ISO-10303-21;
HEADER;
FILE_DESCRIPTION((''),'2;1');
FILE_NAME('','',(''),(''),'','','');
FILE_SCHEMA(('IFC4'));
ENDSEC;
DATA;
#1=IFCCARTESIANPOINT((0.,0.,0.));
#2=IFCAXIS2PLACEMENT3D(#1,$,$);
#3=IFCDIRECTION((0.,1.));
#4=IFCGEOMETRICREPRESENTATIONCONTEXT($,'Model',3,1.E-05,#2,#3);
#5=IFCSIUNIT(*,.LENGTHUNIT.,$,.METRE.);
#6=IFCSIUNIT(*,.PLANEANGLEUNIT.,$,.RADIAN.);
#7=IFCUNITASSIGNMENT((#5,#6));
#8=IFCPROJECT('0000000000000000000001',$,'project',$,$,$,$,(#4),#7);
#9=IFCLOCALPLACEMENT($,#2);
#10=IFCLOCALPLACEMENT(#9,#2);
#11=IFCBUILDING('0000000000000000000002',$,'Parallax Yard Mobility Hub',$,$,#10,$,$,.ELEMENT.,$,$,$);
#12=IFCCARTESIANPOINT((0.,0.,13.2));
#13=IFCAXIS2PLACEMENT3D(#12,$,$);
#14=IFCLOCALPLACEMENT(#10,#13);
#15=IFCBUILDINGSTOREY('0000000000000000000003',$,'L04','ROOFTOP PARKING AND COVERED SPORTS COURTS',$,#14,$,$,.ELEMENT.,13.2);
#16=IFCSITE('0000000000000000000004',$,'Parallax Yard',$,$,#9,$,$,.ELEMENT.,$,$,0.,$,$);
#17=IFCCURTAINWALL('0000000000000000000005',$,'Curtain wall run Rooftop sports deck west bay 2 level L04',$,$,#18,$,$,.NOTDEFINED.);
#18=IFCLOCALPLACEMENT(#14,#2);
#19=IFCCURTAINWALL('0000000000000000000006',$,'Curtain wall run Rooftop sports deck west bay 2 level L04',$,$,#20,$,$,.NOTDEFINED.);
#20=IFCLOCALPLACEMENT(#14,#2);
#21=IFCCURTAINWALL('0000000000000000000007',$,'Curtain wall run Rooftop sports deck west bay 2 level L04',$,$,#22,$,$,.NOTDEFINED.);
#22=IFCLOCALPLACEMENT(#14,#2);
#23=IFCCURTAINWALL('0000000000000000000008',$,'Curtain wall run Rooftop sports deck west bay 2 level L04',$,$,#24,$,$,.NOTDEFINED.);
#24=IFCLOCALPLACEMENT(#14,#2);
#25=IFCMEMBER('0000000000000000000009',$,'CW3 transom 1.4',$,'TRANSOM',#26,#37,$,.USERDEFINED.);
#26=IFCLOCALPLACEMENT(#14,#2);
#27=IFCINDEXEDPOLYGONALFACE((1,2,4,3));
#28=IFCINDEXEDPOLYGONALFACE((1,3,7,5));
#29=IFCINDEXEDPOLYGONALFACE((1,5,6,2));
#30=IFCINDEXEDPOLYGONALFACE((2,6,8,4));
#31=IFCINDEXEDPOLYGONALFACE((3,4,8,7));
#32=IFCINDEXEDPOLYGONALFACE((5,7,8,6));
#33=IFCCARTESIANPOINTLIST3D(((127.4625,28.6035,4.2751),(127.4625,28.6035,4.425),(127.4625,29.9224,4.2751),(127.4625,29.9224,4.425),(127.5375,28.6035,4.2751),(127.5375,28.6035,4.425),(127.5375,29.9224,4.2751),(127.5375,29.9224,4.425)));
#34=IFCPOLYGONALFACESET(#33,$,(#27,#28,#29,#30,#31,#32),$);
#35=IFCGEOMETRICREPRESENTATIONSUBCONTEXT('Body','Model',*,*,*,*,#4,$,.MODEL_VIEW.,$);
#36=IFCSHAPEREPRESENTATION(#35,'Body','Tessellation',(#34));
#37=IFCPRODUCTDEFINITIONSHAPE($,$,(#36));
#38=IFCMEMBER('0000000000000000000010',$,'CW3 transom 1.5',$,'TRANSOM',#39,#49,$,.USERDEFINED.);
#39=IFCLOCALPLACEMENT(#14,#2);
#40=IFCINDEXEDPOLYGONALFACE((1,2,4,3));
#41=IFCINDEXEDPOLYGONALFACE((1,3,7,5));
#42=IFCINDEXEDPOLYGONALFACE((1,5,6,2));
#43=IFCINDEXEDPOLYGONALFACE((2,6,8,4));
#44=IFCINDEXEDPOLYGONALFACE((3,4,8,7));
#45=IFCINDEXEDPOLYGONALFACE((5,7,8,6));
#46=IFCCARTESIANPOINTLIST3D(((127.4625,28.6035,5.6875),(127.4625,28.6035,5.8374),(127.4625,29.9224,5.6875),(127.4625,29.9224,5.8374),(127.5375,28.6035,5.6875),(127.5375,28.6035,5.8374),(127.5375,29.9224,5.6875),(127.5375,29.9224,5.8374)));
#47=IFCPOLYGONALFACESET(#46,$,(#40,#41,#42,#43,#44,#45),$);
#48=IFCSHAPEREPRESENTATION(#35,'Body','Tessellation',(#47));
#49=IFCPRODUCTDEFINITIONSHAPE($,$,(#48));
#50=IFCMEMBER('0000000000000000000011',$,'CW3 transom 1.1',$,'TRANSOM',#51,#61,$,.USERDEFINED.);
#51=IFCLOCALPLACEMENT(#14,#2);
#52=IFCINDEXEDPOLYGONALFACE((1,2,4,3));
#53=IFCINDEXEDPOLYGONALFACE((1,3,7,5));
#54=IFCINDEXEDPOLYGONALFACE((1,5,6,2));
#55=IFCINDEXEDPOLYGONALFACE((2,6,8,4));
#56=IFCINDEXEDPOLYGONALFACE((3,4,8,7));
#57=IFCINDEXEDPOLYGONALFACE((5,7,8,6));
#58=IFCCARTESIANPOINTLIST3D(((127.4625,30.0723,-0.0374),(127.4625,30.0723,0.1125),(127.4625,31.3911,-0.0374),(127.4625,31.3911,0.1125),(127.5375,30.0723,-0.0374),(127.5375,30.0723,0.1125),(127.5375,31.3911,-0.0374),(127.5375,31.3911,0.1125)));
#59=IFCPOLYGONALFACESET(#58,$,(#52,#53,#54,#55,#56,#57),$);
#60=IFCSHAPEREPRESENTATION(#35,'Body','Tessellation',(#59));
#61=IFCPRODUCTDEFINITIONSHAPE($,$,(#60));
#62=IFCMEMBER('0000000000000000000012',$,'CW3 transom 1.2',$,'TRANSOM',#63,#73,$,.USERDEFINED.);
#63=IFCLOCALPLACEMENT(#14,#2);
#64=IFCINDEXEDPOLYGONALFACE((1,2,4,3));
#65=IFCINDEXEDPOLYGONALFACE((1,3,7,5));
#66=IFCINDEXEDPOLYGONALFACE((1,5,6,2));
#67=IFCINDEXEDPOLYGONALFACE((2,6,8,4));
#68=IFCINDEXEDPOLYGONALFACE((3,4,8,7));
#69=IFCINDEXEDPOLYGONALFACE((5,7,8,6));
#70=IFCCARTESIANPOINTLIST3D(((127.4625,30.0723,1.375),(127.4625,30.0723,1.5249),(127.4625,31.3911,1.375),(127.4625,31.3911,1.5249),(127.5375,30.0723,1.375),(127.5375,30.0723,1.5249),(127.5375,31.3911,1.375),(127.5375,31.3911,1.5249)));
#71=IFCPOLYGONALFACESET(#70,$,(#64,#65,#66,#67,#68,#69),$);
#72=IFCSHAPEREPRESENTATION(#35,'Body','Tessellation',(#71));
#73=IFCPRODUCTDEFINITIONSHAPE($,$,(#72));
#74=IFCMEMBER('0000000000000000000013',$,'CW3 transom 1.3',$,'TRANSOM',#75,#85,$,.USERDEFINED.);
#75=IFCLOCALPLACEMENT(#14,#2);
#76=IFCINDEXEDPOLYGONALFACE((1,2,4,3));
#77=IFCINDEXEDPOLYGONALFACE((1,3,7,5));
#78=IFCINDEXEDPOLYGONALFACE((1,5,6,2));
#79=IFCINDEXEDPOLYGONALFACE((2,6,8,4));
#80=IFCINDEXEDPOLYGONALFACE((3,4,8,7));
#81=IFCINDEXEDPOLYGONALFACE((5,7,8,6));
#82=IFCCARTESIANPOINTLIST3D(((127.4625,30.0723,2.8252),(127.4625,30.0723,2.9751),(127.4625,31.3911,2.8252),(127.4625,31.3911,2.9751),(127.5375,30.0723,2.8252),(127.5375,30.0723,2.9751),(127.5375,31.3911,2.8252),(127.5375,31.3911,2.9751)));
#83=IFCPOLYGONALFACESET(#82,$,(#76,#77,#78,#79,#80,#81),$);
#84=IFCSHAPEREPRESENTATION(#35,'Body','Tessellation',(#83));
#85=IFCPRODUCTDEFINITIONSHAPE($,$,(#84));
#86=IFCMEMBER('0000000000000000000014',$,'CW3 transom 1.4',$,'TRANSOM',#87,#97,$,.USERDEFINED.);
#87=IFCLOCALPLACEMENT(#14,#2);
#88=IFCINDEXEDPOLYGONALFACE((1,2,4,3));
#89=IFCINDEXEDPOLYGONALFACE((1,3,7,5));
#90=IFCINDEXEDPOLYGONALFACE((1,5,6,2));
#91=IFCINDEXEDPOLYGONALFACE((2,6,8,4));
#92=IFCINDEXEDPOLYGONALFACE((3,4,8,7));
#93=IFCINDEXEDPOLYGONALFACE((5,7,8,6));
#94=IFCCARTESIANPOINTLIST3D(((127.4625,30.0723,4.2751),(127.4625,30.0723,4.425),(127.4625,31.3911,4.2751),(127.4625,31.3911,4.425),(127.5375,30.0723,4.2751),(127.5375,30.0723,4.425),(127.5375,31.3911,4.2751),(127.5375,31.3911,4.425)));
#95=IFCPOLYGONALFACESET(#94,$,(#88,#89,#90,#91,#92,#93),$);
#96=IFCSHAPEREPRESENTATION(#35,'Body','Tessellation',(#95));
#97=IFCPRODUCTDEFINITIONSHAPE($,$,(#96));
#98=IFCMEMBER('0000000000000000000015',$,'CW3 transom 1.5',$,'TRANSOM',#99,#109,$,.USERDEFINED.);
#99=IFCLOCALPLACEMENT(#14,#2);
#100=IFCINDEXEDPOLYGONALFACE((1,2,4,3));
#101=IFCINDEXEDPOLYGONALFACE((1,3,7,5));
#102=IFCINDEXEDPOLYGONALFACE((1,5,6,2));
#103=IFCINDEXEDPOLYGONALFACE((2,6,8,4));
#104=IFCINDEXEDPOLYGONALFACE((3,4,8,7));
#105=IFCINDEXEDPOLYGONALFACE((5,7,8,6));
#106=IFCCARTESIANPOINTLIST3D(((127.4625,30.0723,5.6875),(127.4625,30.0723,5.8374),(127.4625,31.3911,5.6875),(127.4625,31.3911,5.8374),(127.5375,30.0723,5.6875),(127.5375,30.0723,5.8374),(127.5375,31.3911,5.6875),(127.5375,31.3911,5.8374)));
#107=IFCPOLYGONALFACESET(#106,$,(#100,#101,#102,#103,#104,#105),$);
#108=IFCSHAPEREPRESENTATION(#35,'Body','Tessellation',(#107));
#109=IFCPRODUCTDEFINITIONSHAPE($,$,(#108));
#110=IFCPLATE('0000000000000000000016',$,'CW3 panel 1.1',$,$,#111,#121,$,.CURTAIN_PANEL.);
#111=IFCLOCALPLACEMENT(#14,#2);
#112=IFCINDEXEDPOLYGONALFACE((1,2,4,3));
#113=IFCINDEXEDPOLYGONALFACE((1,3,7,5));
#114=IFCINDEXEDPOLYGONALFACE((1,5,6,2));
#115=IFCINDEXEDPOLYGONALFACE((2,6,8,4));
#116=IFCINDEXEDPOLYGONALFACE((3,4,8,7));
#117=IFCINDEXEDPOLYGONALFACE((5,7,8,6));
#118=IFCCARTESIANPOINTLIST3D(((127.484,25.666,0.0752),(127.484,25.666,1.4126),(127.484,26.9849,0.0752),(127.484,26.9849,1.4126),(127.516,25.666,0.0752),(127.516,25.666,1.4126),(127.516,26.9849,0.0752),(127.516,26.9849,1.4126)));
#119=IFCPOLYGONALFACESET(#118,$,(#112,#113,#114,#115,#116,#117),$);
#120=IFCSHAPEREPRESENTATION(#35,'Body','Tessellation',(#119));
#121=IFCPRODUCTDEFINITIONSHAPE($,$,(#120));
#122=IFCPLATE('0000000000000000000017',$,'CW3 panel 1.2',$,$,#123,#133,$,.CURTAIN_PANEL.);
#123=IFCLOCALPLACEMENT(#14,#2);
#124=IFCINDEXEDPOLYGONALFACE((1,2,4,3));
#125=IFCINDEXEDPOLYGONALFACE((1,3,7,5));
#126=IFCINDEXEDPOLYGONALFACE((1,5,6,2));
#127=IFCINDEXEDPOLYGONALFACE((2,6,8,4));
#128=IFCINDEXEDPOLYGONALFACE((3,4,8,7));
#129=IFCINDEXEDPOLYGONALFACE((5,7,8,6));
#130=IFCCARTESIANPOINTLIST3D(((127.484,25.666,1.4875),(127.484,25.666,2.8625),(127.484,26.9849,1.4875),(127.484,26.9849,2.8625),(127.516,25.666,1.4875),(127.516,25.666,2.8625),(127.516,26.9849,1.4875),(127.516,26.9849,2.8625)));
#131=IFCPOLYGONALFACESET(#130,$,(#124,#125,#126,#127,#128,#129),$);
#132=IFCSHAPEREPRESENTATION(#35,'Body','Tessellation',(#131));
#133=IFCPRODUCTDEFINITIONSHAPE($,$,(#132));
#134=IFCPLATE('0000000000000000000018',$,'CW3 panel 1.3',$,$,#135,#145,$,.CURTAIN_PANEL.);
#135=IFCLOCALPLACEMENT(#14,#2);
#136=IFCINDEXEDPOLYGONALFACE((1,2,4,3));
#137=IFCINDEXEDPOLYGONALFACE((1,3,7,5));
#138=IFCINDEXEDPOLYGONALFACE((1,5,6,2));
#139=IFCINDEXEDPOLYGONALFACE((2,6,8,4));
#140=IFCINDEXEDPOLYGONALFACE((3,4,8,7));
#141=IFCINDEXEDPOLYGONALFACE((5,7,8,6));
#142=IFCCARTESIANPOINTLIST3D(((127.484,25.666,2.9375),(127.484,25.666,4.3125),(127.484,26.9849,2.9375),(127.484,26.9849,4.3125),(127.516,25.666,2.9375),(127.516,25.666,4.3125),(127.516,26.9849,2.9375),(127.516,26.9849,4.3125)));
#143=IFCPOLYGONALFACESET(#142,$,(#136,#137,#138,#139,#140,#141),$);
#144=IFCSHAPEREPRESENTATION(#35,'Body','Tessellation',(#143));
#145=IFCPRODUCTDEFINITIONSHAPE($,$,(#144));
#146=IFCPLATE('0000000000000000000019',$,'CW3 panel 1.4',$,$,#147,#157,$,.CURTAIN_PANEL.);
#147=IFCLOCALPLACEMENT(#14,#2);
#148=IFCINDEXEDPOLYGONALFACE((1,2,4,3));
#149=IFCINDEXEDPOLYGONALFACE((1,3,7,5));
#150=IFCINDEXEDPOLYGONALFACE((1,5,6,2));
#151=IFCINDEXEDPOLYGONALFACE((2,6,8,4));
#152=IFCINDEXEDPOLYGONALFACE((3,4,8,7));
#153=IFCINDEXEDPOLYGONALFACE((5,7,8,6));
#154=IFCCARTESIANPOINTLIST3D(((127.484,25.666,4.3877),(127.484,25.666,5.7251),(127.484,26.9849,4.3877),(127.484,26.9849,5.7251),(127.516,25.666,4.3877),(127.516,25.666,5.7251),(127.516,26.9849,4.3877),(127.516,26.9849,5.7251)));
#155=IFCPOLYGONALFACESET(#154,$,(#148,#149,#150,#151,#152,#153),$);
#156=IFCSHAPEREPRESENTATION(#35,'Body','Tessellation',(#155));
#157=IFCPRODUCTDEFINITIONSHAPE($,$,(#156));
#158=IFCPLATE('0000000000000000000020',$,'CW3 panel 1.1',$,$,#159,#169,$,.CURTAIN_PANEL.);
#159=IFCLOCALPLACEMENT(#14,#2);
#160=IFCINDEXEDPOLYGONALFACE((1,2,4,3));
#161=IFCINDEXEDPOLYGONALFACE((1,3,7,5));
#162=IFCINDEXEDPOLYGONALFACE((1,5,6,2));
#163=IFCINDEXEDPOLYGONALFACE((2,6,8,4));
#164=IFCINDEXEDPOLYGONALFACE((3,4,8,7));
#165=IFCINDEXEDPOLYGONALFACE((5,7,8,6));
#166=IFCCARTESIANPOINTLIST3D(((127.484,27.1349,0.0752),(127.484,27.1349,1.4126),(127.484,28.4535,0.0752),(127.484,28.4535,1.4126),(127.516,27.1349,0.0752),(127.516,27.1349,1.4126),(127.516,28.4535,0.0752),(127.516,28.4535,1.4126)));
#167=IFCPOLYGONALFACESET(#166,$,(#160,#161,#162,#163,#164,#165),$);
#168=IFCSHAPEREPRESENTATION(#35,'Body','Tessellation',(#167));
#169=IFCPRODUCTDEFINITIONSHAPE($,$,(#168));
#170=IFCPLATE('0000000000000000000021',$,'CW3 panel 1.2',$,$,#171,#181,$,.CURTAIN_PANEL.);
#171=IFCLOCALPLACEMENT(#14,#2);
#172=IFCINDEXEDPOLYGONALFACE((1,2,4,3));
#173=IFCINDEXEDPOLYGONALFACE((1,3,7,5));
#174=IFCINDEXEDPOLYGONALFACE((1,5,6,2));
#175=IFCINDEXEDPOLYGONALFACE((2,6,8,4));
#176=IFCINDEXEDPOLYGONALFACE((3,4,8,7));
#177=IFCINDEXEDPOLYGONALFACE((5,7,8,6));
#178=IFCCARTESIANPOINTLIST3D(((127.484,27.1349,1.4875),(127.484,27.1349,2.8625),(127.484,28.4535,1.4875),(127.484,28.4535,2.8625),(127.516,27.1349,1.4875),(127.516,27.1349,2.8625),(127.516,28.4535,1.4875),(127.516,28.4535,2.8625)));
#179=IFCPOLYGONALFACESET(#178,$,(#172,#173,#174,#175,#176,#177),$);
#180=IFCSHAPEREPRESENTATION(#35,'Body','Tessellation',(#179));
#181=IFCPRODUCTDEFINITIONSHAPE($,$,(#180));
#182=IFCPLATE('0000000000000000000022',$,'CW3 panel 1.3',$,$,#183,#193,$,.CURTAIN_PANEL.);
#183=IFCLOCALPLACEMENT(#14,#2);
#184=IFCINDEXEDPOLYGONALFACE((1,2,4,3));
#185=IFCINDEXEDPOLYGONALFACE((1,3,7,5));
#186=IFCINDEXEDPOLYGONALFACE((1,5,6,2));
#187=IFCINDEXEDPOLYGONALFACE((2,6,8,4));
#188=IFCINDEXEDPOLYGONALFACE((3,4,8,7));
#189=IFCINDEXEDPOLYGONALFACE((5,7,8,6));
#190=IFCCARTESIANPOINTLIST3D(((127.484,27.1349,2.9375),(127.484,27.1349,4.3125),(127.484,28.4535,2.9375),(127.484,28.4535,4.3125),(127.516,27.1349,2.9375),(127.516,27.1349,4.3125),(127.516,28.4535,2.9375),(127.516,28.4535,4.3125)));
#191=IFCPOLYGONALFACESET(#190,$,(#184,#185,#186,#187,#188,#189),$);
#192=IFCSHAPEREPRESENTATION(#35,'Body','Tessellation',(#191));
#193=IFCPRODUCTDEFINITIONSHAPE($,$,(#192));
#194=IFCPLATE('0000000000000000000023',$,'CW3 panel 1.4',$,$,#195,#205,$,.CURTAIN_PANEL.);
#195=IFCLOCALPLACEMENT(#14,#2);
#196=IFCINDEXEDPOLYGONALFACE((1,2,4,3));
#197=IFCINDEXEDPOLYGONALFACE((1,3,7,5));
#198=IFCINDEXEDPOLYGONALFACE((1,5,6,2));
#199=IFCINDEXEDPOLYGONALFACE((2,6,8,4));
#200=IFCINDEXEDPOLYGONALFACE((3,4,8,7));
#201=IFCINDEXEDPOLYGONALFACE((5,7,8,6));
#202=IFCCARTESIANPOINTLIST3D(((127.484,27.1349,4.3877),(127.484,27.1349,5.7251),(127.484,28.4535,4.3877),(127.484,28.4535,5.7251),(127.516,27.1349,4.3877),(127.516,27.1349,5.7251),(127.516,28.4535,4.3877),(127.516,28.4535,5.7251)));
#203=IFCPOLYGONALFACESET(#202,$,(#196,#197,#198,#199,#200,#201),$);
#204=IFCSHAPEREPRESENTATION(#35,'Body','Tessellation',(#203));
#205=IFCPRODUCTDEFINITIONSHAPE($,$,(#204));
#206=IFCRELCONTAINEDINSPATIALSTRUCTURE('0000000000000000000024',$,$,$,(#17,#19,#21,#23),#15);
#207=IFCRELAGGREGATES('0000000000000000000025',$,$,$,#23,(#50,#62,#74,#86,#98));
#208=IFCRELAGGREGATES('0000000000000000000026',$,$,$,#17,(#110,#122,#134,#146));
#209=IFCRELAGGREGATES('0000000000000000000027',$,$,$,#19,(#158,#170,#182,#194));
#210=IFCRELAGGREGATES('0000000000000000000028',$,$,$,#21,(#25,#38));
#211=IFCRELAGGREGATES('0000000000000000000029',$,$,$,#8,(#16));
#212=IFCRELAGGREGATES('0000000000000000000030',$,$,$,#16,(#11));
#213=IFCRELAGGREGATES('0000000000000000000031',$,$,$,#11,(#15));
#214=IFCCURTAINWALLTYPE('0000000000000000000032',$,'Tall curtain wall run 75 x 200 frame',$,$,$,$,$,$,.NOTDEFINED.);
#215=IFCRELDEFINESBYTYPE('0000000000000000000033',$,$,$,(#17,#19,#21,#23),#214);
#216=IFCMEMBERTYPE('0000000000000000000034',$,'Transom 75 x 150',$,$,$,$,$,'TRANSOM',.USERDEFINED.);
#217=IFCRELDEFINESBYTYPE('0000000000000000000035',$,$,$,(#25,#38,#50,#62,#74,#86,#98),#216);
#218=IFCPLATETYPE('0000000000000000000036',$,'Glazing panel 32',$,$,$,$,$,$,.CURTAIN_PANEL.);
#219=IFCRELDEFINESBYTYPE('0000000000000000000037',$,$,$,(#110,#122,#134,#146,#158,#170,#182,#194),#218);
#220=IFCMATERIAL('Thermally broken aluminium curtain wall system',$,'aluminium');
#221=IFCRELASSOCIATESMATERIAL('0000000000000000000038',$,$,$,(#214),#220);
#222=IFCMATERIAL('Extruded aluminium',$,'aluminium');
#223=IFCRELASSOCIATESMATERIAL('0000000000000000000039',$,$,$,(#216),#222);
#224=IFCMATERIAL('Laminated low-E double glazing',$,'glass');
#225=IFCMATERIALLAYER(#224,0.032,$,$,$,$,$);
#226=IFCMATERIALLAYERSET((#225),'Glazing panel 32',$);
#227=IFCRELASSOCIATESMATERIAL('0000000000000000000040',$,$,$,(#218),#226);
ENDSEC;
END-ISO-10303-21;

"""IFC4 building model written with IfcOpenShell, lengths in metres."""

from ifc_helpers import new_model, si_unit, direction, frame, origin, origin_2d, place, context, subcontext, project, spatial, rectangle, extrude, material, layer, layer_set, material_profile, profile_set, type_object, element, aggregate, save


model = new_model("IFC4")

# Units and contexts
model_context = context("Model", 3, precision=1e-05, world=origin(), true_north=direction((0.0, 1.0)))
body_context = subcontext(model_context, "Body", "Model", "MODEL_VIEW")
ifc_project = project(units=[si_unit("LENGTHUNIT", "METRE"), si_unit("PLANEANGLEUNIT", "RADIAN")], contexts=[model_context])

# Site, building, storey
site_placement = place(None, origin())
site = spatial("IfcSite", under=ifc_project, at=site_placement, Name="Parallax Yard", CompositionType="ELEMENT", RefElevation=0.0)
building_placement = place(site_placement, origin())
building = spatial("IfcBuilding", under=site, at=building_placement, Name="Parallax Yard Mobility Hub", CompositionType="ELEMENT")
storey_placement = place(building_placement, frame((0.0, 0.0, 13.2)))
storey = spatial("IfcBuildingStorey", under=building, at=storey_placement, Name="L04", Description="ROOFTOP PARKING AND COVERED SPORTS COURTS", CompositionType="ELEMENT", Elevation=13.2)

# Curtain wall
ifc_material_1 = material(Name="Thermally broken aluminium curtain wall system", Category="aluminium")
curtain_wall_type = type_object("IfcCurtainWallType", Name="Tall curtain wall run 75 x 200 frame", PredefinedType="NOTDEFINED", material=ifc_material_1)
curtain_wall_1_placement = place(storey_placement, origin())
curtain_wall_1 = element("IfcCurtainWall", 1, at=curtain_wall_1_placement, inside=storey, type_object=curtain_wall_type, Name="Curtain wall run Rooftop sports deck west bay 2 level L04", PredefinedType="NOTDEFINED")
ifc_material_2 = material(Name="Extruded aluminium", Category="aluminium")

# Curtain walls
curtain_wall_2_placement = place(storey_placement, origin())
curtain_wall_2 = element("IfcCurtainWall", 2, at=curtain_wall_2_placement, inside=storey, type_object=curtain_wall_type, Name="Curtain wall run Rooftop sports deck west bay 2 level L04", PredefinedType="NOTDEFINED")
curtain_wall_3_placement = place(storey_placement, origin())
curtain_wall_3 = element("IfcCurtainWall", 3, at=curtain_wall_3_placement, inside=storey, type_object=curtain_wall_type, Name="Curtain wall run Rooftop sports deck west bay 2 level L04", PredefinedType="NOTDEFINED")

# Curtain wall
curtain_wall_4_placement = place(storey_placement, origin())
curtain_wall_4 = element("IfcCurtainWall", 4, at=curtain_wall_4_placement, inside=storey, type_object=curtain_wall_type, Name="Curtain wall run Rooftop sports deck west bay 2 level L04", PredefinedType="NOTDEFINED")

# Members
ifc_material_profile_1 = material_profile(ifc_material_2, rectangle(XDim=0.075, YDim=0.1499, at=origin_2d()), Name="Transom 75 x 150")
ifc_profile_set_1 = profile_set([ifc_material_profile_1], Name="Extruded aluminium")
member_type_1 = type_object("IfcMemberType", Name="Transom 75 x 150", ElementType="TRANSOM", PredefinedType="USERDEFINED", material=ifc_profile_set_1)
member_1_placement = place(storey_placement, frame((127.5, 28.6035, 4.3501), z_axis=(0.0, 1.0, 0.0), x_axis=(-1.0, 0.0, 0.0)))
member_1 = element("IfcMember", 5, at=member_1_placement, type_object=member_type_1, Name="CW3 transom 1.4", ObjectType="TRANSOM", PredefinedType="USERDEFINED", context=body_context, shape_type="SweptSolid", body=[
    extrude(rectangle(XDim=0.075, YDim=0.1499, at=origin_2d()), origin(), (0.0, 0.0, 1.0), 1.3188),
])
member_2_placement = place(storey_placement, frame((127.5, 28.6035, 5.7625), z_axis=(0.0, 1.0, 0.0), x_axis=(-1.0, 0.0, 0.0)))
member_2 = element("IfcMember", 6, at=member_2_placement, type_object=member_type_1, Name="CW3 transom 1.5", ObjectType="TRANSOM", PredefinedType="USERDEFINED", context=body_context, shape_type="SweptSolid", body=[
    extrude(rectangle(XDim=0.075, YDim=0.1499, at=origin_2d()), origin(), (0.0, 0.0, 1.0), 1.3188),
])
member_3_placement = place(storey_placement, frame((127.5, 30.0723, 0.0376), z_axis=(0.0, 1.0, 0.0), x_axis=(-1.0, 0.0, 0.0)))
member_3 = element("IfcMember", 7, at=member_3_placement, type_object=member_type_1, Name="CW3 transom 1.1", ObjectType="TRANSOM", PredefinedType="USERDEFINED", context=body_context, shape_type="SweptSolid", body=[
    extrude(rectangle(XDim=0.075, YDim=0.1499, at=origin_2d()), origin(), (0.0, 0.0, 1.0), 1.3188),
])
member_4_placement = place(storey_placement, frame((127.5, 30.0723, 1.45), z_axis=(0.0, 1.0, 0.0), x_axis=(-1.0, 0.0, 0.0)))
member_4 = element("IfcMember", 8, at=member_4_placement, type_object=member_type_1, Name="CW3 transom 1.2", ObjectType="TRANSOM", PredefinedType="USERDEFINED", context=body_context, shape_type="SweptSolid", body=[
    extrude(rectangle(XDim=0.075, YDim=0.1499, at=origin_2d()), origin(), (0.0, 0.0, 1.0), 1.3188),
])
member_5_placement = place(storey_placement, frame((127.5, 30.0723, 2.9001), z_axis=(0.0, 1.0, 0.0), x_axis=(-1.0, 0.0, 0.0)))
member_5 = element("IfcMember", 9, at=member_5_placement, type_object=member_type_1, Name="CW3 transom 1.3", ObjectType="TRANSOM", PredefinedType="USERDEFINED", context=body_context, shape_type="SweptSolid", body=[
    extrude(rectangle(XDim=0.075, YDim=0.1499, at=origin_2d()), origin(), (0.0, 0.0, 1.0), 1.3188),
])
member_6_placement = place(storey_placement, frame((127.5, 30.0723, 4.3501), z_axis=(0.0, 1.0, 0.0), x_axis=(-1.0, 0.0, 0.0)))
member_6 = element("IfcMember", 10, at=member_6_placement, type_object=member_type_1, Name="CW3 transom 1.4", ObjectType="TRANSOM", PredefinedType="USERDEFINED", context=body_context, shape_type="SweptSolid", body=[
    extrude(rectangle(XDim=0.075, YDim=0.1499, at=origin_2d()), origin(), (0.0, 0.0, 1.0), 1.3188),
])
member_7_placement = place(storey_placement, frame((127.5, 30.0723, 5.7625), z_axis=(0.0, 1.0, 0.0), x_axis=(-1.0, 0.0, 0.0)))
member_7 = element("IfcMember", 11, at=member_7_placement, type_object=member_type_1, Name="CW3 transom 1.5", ObjectType="TRANSOM", PredefinedType="USERDEFINED", context=body_context, shape_type="SweptSolid", body=[
    extrude(rectangle(XDim=0.075, YDim=0.1499, at=origin_2d()), origin(), (0.0, 0.0, 1.0), 1.3188),
])
aggregate(curtain_wall_4, [member_3, member_4, member_5, member_6, member_7])

# Plates
ifc_material_3 = material(Name="Laminated low-E double glazing", Category="glass")
ifc_layer = layer(ifc_material_3, 0.032)
ifc_layer_set = layer_set([ifc_layer], Name="Glazing panel 32")
plate_type = type_object("IfcPlateType", Name="Glazing panel 32", PredefinedType="CURTAIN_PANEL", material=ifc_layer_set)
plate_1_placement = place(storey_placement, frame((127.5, 26.3254, 0.0752), z_axis=(0.0, 0.0, 1.0), x_axis=(0.0, 1.0, 0.0)))
plate_1 = element("IfcPlate", 12, at=plate_1_placement, type_object=plate_type, Name="CW3 panel 1.1", PredefinedType="CURTAIN_PANEL", context=body_context, shape_type="SweptSolid", body=[
    extrude(rectangle(XDim=1.3188, YDim=0.032, at=origin_2d()), origin(), (0.0, 0.0, 1.0), 1.3374),
])
plate_2_placement = place(storey_placement, frame((127.5, 26.3254, 1.4875), z_axis=(0.0, 0.0, 1.0), x_axis=(0.0, 1.0, 0.0)))
plate_2 = element("IfcPlate", 13, at=plate_2_placement, type_object=plate_type, Name="CW3 panel 1.2", PredefinedType="CURTAIN_PANEL", context=body_context, shape_type="SweptSolid", body=[
    extrude(rectangle(XDim=1.3188, YDim=0.032, at=origin_2d()), origin(), (0.0, 0.0, 1.0), 1.375),
])
plate_3_placement = place(storey_placement, frame((127.5, 26.3254, 2.9375), z_axis=(0.0, 0.0, 1.0), x_axis=(0.0, 1.0, 0.0)))
plate_3 = element("IfcPlate", 14, at=plate_3_placement, type_object=plate_type, Name="CW3 panel 1.3", PredefinedType="CURTAIN_PANEL", context=body_context, shape_type="SweptSolid", body=[
    extrude(rectangle(XDim=1.3188, YDim=0.032, at=origin_2d()), origin(), (0.0, 0.0, 1.0), 1.375),
])
plate_4_placement = place(storey_placement, frame((127.5, 26.3254, 4.3877), z_axis=(0.0, 0.0, 1.0), x_axis=(0.0, 1.0, 0.0)))
plate_4 = element("IfcPlate", 15, at=plate_4_placement, type_object=plate_type, Name="CW3 panel 1.4", PredefinedType="CURTAIN_PANEL", context=body_context, shape_type="SweptSolid", body=[
    extrude(rectangle(XDim=1.3188, YDim=0.032, at=origin_2d()), origin(), (0.0, 0.0, 1.0), 1.3374),
])
aggregate(curtain_wall_1, [plate_1, plate_2, plate_3, plate_4])
plate_5_placement = place(storey_placement, frame((127.5, 27.7942, 0.0752), z_axis=(0.0, 0.0, 1.0), x_axis=(0.0, 1.0, 0.0)))
plate_5 = element("IfcPlate", 16, at=plate_5_placement, type_object=plate_type, Name="CW3 panel 1.1", PredefinedType="CURTAIN_PANEL", context=body_context, shape_type="SweptSolid", body=[
    extrude(rectangle(XDim=1.3186, YDim=0.032, at=origin_2d()), origin(), (0.0, 0.0, 1.0), 1.3374),
])
plate_6_placement = place(storey_placement, frame((127.5, 27.7942, 1.4875), z_axis=(0.0, 0.0, 1.0), x_axis=(0.0, 1.0, 0.0)))
plate_6 = element("IfcPlate", 17, at=plate_6_placement, type_object=plate_type, Name="CW3 panel 1.2", PredefinedType="CURTAIN_PANEL", context=body_context, shape_type="SweptSolid", body=[
    extrude(rectangle(XDim=1.3186, YDim=0.032, at=origin_2d()), origin(), (0.0, 0.0, 1.0), 1.375),
])
plate_7_placement = place(storey_placement, frame((127.5, 27.7942, 2.9375), z_axis=(0.0, 0.0, 1.0), x_axis=(0.0, 1.0, 0.0)))
plate_7 = element("IfcPlate", 18, at=plate_7_placement, type_object=plate_type, Name="CW3 panel 1.3", PredefinedType="CURTAIN_PANEL", context=body_context, shape_type="SweptSolid", body=[
    extrude(rectangle(XDim=1.3186, YDim=0.032, at=origin_2d()), origin(), (0.0, 0.0, 1.0), 1.375),
])
plate_8_placement = place(storey_placement, frame((127.5, 27.7942, 4.3877), z_axis=(0.0, 0.0, 1.0), x_axis=(0.0, 1.0, 0.0)))
plate_8 = element("IfcPlate", 19, at=plate_8_placement, type_object=plate_type, Name="CW3 panel 1.4", PredefinedType="CURTAIN_PANEL", context=body_context, shape_type="SweptSolid", body=[
    extrude(rectangle(XDim=1.3186, YDim=0.032, at=origin_2d()), origin(), (0.0, 0.0, 1.0), 1.3374),
])
aggregate(curtain_wall_2, [plate_5, plate_6, plate_7, plate_8])
aggregate(curtain_wall_3, [member_1, member_2])

save(model, "model.ifc")
